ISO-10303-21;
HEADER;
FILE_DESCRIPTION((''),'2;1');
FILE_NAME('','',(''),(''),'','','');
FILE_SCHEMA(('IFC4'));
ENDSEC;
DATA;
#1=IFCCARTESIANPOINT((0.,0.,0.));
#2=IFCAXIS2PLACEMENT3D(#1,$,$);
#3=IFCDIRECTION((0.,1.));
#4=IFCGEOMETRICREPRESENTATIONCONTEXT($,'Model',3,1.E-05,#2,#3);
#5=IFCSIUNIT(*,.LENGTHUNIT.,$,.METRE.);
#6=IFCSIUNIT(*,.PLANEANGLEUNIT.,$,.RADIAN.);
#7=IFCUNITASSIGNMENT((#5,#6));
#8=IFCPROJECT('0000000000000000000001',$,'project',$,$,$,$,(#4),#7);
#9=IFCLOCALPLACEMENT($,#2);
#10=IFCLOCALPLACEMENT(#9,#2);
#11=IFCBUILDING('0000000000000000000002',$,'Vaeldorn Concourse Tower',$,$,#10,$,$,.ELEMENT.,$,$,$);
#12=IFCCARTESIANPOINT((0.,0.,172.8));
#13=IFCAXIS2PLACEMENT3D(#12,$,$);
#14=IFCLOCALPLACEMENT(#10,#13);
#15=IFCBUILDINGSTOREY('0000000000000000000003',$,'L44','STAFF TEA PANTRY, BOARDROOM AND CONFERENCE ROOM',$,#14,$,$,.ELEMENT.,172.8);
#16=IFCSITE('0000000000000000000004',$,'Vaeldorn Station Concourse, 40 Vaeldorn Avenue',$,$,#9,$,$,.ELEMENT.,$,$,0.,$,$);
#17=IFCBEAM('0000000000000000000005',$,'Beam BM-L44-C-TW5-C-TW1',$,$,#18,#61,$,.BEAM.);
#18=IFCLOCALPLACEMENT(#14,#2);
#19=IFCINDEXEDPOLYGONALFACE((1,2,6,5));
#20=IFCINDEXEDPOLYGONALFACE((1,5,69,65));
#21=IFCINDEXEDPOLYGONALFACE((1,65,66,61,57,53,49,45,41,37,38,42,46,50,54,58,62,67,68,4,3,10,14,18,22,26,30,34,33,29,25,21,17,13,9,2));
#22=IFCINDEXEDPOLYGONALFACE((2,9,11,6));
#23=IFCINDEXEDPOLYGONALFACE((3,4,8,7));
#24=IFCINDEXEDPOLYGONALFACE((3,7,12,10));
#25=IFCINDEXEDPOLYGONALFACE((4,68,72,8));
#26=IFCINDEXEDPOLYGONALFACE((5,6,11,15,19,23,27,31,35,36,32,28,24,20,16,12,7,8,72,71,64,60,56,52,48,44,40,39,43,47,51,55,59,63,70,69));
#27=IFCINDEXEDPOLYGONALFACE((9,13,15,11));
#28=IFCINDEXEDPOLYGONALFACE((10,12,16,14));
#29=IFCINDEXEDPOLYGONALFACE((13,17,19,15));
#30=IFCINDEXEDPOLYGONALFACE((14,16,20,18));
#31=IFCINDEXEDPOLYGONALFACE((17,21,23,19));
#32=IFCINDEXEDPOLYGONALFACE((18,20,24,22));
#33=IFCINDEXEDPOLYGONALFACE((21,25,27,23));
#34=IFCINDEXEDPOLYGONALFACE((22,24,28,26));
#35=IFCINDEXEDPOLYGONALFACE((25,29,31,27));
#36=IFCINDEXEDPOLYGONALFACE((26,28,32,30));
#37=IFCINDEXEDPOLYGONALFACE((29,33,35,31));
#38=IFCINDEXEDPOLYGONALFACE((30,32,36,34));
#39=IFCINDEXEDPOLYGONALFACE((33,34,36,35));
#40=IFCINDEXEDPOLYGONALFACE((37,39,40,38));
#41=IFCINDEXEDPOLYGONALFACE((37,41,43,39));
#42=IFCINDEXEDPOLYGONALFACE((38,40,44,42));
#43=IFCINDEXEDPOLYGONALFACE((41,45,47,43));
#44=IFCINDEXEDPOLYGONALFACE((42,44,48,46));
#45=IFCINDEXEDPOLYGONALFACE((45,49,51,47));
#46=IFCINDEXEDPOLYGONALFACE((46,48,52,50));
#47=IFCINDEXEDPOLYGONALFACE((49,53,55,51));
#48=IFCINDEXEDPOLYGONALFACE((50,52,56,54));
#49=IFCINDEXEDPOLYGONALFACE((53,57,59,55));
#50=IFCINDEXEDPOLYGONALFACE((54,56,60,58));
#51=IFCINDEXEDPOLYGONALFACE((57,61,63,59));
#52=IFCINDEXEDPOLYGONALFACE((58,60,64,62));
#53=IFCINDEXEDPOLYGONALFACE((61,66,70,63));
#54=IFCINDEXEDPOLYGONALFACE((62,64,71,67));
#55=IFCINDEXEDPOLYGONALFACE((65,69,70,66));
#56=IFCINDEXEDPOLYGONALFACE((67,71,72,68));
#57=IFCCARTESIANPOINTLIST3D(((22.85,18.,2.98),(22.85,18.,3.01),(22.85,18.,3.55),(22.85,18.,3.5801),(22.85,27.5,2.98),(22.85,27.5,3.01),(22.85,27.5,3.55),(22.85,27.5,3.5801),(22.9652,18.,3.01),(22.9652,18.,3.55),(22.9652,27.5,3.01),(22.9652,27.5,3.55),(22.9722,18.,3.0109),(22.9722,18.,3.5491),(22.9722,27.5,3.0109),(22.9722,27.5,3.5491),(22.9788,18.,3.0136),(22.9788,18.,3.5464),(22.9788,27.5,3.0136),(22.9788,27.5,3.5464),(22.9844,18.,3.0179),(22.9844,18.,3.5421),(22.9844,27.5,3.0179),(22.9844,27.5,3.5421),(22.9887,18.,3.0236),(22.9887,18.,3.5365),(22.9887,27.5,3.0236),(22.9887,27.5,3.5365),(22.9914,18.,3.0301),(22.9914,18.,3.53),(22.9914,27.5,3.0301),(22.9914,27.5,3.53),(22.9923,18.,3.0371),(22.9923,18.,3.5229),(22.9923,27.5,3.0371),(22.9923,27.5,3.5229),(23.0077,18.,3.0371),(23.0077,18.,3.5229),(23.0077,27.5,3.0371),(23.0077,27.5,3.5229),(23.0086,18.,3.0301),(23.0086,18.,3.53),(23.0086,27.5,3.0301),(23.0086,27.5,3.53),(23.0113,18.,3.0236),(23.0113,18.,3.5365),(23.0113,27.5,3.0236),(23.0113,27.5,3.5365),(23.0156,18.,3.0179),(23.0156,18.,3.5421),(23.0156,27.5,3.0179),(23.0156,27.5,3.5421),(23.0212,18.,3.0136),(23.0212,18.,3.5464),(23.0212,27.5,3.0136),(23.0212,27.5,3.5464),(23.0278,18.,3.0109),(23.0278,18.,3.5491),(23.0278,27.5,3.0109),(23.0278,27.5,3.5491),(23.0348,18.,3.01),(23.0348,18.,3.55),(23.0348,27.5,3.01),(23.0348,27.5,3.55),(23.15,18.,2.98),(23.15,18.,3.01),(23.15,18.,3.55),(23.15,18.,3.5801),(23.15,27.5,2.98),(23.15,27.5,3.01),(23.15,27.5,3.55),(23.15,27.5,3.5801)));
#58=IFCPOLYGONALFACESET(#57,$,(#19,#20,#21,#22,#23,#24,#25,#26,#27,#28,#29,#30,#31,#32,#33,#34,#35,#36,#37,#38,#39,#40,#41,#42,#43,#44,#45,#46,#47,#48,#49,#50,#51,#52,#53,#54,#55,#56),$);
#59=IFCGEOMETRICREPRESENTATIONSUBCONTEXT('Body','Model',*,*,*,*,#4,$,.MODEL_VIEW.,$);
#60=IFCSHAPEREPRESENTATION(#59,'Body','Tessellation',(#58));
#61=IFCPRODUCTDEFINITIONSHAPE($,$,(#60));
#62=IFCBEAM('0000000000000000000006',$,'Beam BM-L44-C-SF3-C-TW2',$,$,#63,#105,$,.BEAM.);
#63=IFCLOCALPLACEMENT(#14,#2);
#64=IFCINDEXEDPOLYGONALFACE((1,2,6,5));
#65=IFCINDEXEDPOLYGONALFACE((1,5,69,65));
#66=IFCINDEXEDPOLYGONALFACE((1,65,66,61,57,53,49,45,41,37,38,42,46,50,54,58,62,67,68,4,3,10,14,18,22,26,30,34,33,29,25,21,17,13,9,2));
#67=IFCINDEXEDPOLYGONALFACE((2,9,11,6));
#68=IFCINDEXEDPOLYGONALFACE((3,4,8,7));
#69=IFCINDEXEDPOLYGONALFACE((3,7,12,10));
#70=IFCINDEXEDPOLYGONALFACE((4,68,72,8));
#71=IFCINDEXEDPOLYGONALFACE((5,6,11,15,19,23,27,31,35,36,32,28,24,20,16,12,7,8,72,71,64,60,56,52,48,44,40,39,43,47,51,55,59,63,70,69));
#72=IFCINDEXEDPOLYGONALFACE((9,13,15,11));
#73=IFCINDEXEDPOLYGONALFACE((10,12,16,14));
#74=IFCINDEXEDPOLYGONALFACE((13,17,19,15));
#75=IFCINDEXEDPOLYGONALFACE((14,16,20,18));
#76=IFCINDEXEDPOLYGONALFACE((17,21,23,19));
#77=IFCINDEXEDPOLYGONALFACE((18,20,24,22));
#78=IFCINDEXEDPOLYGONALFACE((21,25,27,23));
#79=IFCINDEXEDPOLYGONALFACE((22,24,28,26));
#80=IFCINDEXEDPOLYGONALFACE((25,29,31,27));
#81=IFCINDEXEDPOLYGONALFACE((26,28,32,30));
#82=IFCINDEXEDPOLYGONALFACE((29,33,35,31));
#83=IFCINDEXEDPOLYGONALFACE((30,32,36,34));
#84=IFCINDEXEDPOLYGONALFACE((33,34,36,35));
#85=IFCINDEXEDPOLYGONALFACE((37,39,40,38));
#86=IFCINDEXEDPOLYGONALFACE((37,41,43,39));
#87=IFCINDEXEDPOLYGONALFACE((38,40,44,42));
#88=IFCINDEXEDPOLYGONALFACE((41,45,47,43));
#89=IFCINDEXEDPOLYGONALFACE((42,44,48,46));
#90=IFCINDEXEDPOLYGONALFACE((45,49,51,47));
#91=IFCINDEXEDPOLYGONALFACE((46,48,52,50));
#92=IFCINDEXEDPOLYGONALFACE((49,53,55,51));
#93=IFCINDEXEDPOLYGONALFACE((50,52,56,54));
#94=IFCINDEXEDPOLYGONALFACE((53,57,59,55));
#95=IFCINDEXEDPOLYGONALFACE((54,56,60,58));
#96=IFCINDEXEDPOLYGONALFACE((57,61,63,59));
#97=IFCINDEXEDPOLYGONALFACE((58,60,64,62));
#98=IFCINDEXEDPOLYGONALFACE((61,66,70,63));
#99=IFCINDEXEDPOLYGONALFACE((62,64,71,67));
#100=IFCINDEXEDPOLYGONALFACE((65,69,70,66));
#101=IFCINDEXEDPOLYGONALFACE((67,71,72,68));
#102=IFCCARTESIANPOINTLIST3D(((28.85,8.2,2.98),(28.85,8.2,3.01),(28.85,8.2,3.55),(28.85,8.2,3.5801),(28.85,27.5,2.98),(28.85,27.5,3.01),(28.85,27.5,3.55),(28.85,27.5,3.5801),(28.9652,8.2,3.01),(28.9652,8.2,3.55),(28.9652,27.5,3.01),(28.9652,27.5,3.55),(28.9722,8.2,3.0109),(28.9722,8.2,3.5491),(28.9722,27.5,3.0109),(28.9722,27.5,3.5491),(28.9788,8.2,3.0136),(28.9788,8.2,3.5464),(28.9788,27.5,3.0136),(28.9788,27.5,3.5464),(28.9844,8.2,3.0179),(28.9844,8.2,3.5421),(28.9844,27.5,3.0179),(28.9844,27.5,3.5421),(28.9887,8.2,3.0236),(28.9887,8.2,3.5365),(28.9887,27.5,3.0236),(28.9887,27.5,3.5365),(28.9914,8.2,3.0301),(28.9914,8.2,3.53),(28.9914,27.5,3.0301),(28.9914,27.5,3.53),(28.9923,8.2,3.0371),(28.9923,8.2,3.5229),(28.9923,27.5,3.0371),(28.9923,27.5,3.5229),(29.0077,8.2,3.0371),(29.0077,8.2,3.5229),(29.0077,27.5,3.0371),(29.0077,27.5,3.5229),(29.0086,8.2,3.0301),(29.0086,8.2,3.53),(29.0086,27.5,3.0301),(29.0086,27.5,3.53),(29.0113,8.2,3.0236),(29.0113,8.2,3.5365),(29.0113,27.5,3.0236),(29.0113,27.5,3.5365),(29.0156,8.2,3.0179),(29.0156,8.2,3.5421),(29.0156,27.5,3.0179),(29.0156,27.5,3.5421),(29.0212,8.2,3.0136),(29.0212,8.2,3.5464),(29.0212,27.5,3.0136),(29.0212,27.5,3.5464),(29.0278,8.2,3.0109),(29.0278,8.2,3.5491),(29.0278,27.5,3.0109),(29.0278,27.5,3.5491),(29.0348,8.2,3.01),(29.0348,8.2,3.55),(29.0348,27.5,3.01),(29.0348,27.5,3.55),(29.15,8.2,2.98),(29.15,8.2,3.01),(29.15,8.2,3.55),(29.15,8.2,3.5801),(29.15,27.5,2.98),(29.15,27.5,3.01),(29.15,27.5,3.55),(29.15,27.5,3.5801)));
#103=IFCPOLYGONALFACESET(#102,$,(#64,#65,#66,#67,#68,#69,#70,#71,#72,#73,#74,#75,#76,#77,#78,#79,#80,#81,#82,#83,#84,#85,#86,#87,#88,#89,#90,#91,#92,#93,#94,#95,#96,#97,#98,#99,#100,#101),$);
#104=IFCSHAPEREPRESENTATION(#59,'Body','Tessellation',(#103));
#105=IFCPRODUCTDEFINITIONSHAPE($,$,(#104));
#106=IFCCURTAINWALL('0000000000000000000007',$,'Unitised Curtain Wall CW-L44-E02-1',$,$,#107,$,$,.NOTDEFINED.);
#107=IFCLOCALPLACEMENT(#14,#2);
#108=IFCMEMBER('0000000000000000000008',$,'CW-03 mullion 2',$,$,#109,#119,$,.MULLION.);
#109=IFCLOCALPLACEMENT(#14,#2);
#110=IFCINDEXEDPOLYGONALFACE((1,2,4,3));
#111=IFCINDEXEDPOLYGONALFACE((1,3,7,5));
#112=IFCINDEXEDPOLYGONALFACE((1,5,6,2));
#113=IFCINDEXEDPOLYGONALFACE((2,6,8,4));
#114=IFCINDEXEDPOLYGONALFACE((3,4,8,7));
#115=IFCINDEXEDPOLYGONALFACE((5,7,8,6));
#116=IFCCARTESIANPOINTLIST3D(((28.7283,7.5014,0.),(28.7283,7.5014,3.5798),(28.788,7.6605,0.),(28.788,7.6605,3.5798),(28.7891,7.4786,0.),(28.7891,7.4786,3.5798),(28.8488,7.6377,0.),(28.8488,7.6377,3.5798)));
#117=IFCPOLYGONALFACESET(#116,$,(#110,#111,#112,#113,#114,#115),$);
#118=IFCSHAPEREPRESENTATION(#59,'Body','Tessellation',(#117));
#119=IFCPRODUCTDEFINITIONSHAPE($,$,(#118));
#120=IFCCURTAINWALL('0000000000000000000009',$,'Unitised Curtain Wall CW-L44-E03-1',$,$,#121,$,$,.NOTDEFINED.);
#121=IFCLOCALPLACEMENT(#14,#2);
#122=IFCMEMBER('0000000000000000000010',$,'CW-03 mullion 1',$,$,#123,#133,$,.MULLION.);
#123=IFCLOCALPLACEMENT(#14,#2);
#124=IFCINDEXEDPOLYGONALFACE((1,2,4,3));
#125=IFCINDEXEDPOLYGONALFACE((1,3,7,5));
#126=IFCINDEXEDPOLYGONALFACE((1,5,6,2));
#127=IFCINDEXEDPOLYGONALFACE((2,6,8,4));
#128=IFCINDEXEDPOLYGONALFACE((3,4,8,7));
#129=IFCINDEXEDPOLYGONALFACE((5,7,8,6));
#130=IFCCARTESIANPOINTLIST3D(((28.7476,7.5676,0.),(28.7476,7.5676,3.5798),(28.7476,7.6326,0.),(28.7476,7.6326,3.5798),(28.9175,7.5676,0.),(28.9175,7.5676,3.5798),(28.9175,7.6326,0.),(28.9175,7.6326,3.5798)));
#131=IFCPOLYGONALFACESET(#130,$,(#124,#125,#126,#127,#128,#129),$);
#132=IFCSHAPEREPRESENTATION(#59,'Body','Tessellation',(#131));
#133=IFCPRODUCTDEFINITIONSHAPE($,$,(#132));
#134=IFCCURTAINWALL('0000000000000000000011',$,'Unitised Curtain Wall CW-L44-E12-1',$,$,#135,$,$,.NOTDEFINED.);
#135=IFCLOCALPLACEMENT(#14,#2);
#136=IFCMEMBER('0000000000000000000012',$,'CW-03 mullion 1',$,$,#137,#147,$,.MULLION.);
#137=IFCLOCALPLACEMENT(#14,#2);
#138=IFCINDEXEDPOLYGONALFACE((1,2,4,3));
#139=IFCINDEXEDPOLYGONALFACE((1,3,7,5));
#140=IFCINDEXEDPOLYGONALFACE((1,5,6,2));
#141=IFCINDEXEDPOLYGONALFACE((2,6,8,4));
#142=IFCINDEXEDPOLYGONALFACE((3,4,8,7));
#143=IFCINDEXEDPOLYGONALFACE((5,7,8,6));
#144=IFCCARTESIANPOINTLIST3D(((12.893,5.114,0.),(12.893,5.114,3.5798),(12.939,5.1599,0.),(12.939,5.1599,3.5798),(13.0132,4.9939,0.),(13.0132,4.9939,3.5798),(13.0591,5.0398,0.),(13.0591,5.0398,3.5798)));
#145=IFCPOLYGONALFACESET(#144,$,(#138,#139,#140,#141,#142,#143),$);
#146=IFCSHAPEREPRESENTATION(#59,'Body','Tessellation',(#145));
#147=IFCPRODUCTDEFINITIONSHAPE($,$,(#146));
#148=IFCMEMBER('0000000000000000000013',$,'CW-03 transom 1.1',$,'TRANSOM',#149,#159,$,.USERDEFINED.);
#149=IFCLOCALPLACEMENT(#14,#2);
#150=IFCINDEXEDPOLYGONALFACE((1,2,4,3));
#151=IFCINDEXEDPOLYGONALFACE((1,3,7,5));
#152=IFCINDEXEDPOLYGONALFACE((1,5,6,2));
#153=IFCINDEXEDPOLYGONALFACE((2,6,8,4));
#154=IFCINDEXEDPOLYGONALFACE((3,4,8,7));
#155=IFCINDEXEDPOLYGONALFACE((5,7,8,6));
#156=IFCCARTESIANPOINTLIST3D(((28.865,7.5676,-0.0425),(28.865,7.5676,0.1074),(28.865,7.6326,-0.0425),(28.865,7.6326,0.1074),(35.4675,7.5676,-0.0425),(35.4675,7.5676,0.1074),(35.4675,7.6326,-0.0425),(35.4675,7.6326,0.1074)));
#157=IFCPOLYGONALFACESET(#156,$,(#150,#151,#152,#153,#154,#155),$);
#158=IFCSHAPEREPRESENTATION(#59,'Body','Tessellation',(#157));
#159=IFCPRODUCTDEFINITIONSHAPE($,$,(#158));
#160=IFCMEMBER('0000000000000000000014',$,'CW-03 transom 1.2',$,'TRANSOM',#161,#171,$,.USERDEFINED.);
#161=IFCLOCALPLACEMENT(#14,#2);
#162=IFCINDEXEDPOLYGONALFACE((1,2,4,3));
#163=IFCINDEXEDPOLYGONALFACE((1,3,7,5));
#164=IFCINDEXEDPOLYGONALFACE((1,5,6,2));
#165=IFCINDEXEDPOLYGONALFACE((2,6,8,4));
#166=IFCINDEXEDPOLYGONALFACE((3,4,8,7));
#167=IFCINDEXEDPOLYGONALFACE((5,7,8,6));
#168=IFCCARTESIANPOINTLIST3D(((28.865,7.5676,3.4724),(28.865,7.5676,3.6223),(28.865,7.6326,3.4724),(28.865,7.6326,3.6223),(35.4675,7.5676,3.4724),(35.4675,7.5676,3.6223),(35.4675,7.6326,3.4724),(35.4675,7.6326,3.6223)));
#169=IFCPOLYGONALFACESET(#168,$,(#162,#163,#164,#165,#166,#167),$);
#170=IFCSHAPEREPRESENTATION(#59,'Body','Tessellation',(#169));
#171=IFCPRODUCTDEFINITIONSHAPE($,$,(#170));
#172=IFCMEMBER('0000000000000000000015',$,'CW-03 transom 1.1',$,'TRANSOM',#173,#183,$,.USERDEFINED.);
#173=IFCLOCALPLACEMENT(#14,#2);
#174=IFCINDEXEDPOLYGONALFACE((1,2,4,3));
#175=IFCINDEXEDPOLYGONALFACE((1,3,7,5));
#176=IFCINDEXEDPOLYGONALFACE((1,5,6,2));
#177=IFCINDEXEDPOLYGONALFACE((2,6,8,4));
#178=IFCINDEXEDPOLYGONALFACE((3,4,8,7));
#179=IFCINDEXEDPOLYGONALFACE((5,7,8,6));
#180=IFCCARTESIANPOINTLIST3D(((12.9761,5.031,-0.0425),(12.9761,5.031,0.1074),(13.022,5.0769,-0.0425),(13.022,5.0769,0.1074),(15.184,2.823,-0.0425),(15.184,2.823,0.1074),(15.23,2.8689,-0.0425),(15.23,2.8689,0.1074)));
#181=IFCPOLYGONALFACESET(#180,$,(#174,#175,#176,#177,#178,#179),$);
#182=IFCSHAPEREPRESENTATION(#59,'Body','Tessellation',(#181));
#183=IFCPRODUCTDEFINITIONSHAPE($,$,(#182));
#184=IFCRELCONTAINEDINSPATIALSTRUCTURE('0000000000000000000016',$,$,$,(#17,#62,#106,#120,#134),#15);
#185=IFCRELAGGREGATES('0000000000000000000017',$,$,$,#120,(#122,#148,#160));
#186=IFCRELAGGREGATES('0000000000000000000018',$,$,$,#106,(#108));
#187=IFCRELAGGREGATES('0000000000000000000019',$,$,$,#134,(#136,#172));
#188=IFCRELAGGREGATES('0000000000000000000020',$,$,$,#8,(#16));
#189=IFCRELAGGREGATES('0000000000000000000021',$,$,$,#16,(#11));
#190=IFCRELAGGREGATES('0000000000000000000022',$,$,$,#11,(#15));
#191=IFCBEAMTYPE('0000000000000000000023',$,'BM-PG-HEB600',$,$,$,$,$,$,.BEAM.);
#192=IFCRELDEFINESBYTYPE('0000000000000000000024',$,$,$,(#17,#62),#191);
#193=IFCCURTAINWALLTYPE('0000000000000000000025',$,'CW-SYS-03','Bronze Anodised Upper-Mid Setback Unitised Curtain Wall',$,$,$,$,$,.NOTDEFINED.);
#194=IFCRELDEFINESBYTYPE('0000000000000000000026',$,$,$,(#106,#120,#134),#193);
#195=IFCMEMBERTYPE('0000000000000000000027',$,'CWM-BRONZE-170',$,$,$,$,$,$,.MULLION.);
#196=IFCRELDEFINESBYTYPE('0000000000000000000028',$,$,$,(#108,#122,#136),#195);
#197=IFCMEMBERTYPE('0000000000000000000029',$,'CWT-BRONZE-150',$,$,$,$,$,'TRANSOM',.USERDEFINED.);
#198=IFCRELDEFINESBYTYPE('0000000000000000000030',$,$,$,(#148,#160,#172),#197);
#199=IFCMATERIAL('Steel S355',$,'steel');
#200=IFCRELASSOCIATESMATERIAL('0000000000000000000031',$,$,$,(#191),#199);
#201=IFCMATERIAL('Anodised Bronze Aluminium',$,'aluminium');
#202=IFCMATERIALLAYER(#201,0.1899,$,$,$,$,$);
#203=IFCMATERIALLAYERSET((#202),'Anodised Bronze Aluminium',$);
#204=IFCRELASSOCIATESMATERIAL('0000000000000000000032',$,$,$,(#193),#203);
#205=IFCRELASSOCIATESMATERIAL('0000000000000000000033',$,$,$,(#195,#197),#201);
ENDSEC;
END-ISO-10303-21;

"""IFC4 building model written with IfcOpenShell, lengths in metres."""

from ifc_helpers import new_model, si_unit, direction, frame, origin, origin_2d, place, context, subcontext, project, spatial, rectangle, i_section, extrude, source, transform, mapped, material, layer, layer_set, material_profile, profile_set, type_object, element, aggregate, save


model = new_model("IFC4")

# Units and contexts
model_context = context("Model", 3, precision=1e-05, world=origin(), true_north=direction((0.0, 1.0)))
body_context = subcontext(model_context, "Body", "Model", "MODEL_VIEW")
ifc_project = project(units=[si_unit("LENGTHUNIT", "METRE"), si_unit("PLANEANGLEUNIT", "RADIAN")], contexts=[model_context])

# Site, building, storey
site_placement = place(None, origin())
site = spatial("IfcSite", under=ifc_project, at=site_placement, Name="Vaeldorn Station Concourse, 40 Vaeldorn Avenue", CompositionType="ELEMENT", RefElevation=0.0)
building_placement = place(site_placement, origin())
building = spatial("IfcBuilding", under=site, at=building_placement, Name="Vaeldorn Concourse Tower", CompositionType="ELEMENT")
storey_placement = place(building_placement, frame((0.0, 0.0, 172.8)))
storey = spatial("IfcBuildingStorey", under=building, at=storey_placement, Name="L44", Description="STAFF TEA PANTRY, BOARDROOM AND CONFERENCE ROOM", CompositionType="ELEMENT", Elevation=172.8)

# Shared definitions
ifc_material_1 = material(Name="Steel S355", Category="steel")

# Beams
ifc_material_profile_1 = material_profile(ifc_material_1, i_section(OverallWidth=0.3, OverallDepth=0.6001, WebThickness=0.0154, FlangeThickness=0.03, FilletRadius=0.0271, at=origin_2d()), Name="HEB 600")
ifc_profile_set_1 = profile_set([ifc_material_profile_1], Name="Steel S355")
beam_type_1 = type_object("IfcBeamType", Name="BM-PG-HEB600", PredefinedType="BEAM", material=ifc_profile_set_1)
shared_shape_1 = source(origin(), body_context, "Body", "SweptSolid", [
    extrude(i_section(OverallWidth=0.3, OverallDepth=0.6001, WebThickness=0.0154, FlangeThickness=0.03, FilletRadius=0.0271, at=origin_2d()), origin(), (0.0, 0.0, 1.0), 9.5),
])
beam_1_placement = place(storey_placement, frame((23.0, 18.0, 3.28), z_axis=(0.0, 1.0, 0.0), x_axis=(-1.0, 0.0, 0.0)))
element("IfcBeam", 1, at=beam_1_placement, inside=storey, type_object=beam_type_1, Name="Beam BM-L44-C-TW5-C-TW1", PredefinedType="BEAM", context=body_context, shape_type="MappedRepresentation", body=[
    mapped(shared_shape_1, transform((0.0, 0.0, 0.0), scale=1.0)),
])
shared_shape_2 = source(origin(), body_context, "Body", "SweptSolid", [
    extrude(i_section(OverallWidth=0.3, OverallDepth=0.6001, WebThickness=0.0154, FlangeThickness=0.03, FilletRadius=0.0271, at=origin_2d()), origin(), (0.0, 0.0, 1.0), 19.3),
])
beam_2_placement = place(storey_placement, frame((29.0, 8.2, 3.28), z_axis=(0.0, 1.0, 0.0), x_axis=(-1.0, 0.0, 0.0)))
element("IfcBeam", 2, at=beam_2_placement, inside=storey, type_object=beam_type_1, Name="Beam BM-L44-C-SF3-C-TW2", PredefinedType="BEAM", context=body_context, shape_type="MappedRepresentation", body=[
    mapped(shared_shape_2, transform((0.0, 0.0, 0.0), scale=1.0)),
])

# Curtain walls, members
ifc_material_2 = material(Name="Anodised Bronze Aluminium", Category="aluminium")
ifc_layer_1 = layer(ifc_material_2, 0.1899)
ifc_layer_set_1 = layer_set([ifc_layer_1], Name="Anodised Bronze Aluminium")
curtain_wall_type = type_object("IfcCurtainWallType", Name="CW-SYS-03", Description="Bronze Anodised Upper-Mid Setback Unitised Curtain Wall", PredefinedType="NOTDEFINED", material=ifc_layer_set_1)
curtain_wall_1_placement = place(storey_placement, origin())
curtain_wall_1 = element("IfcCurtainWall", 3, at=curtain_wall_1_placement, inside=storey, type_object=curtain_wall_type, Name="Unitised Curtain Wall CW-L44-E02-1", PredefinedType="NOTDEFINED")
ifc_material_profile_2 = material_profile(ifc_material_2, rectangle(XDim=0.0649, YDim=0.1699, at=origin_2d()), Name="CWM 65x170")
ifc_profile_set_2 = profile_set([ifc_material_profile_2], Name="Anodised Bronze Aluminium")
member_type_1 = type_object("IfcMemberType", Name="CWM-BRONZE-170", PredefinedType="MULLION", material=ifc_profile_set_2)
shared_shape_3 = source(origin(), body_context, "Body", "SweptSolid", [
    extrude(rectangle(XDim=0.0649, YDim=0.1699, at=origin_2d()), origin(), (0.0, 0.0, 1.0), 3.5798),
])
member_1_placement = place(storey_placement, frame((28.7886, 7.5696, 0.0), z_axis=(0.0, 0.0, 1.0), x_axis=(-0.936329, 0.351123, 0.0)))
member_1 = element("IfcMember", 4, at=member_1_placement, type_object=member_type_1, Name="CW-03 mullion 2", PredefinedType="MULLION", context=body_context, shape_type="MappedRepresentation", body=[
    mapped(shared_shape_3, transform((0.0, 0.0, 0.0), scale=1.0)),
])
curtain_wall_2_placement = place(storey_placement, origin())
curtain_wall_2 = element("IfcCurtainWall", 5, at=curtain_wall_2_placement, inside=storey, type_object=curtain_wall_type, Name="Unitised Curtain Wall CW-L44-E03-1", PredefinedType="NOTDEFINED")
member_2_placement = place(storey_placement, frame((28.8325, 7.6001, 0.0), z_axis=(0.0, 0.0, 1.0), x_axis=(0.0, 1.0, 0.0)))
member_2 = element("IfcMember", 6, at=member_2_placement, type_object=member_type_1, Name="CW-03 mullion 1", PredefinedType="MULLION", context=body_context, shape_type="MappedRepresentation", body=[
    mapped(shared_shape_3, transform((0.0, 0.0, 0.0), scale=1.0)),
])
curtain_wall_3_placement = place(storey_placement, origin())
curtain_wall_3 = element("IfcCurtainWall", 7, at=curtain_wall_3_placement, inside=storey, type_object=curtain_wall_type, Name="Unitised Curtain Wall CW-L44-E12-1", PredefinedType="NOTDEFINED")
member_3_placement = place(storey_placement, frame((12.9761, 5.0769, 0.0), z_axis=(0.0, 0.0, 1.0), x_axis=(0.707107, 0.707107, 0.0)))
member_3 = element("IfcMember", 8, at=member_3_placement, type_object=member_type_1, Name="CW-03 mullion 1", PredefinedType="MULLION", context=body_context, shape_type="MappedRepresentation", body=[
    mapped(shared_shape_3, transform((0.0, 0.0, 0.0), scale=1.0)),
])

# Members
ifc_material_profile_3 = material_profile(ifc_material_2, rectangle(XDim=0.0649, YDim=0.1499, at=origin_2d()), Name="CWT 65x150")
ifc_profile_set_3 = profile_set([ifc_material_profile_3], Name="Anodised Bronze Aluminium")
member_type_2 = type_object("IfcMemberType", Name="CWT-BRONZE-150", ElementType="TRANSOM", PredefinedType="USERDEFINED", material=ifc_profile_set_3)
shared_shape_4 = source(origin(), body_context, "Body", "SweptSolid", [
    extrude(rectangle(XDim=0.0649, YDim=0.1499, at=origin_2d()), origin(), (0.0, 0.0, 1.0), 6.6025),
])
member_4_placement = place(storey_placement, frame((28.865, 7.6001, 0.0325), z_axis=(1.0, 0.0, 0.0), x_axis=(0.0, 1.0, 0.0)))
member_4 = element("IfcMember", 9, at=member_4_placement, type_object=member_type_2, Name="CW-03 transom 1.1", ObjectType="TRANSOM", PredefinedType="USERDEFINED", context=body_context, shape_type="MappedRepresentation", body=[
    mapped(shared_shape_4, transform((0.0, 0.0, 0.0), scale=1.0)),
])
member_5_placement = place(storey_placement, frame((28.865, 7.6001, 3.5474), z_axis=(1.0, 0.0, 0.0), x_axis=(0.0, 1.0, 0.0)))
member_5 = element("IfcMember", 10, at=member_5_placement, type_object=member_type_2, Name="CW-03 transom 1.2", ObjectType="TRANSOM", PredefinedType="USERDEFINED", context=body_context, shape_type="MappedRepresentation", body=[
    mapped(shared_shape_4, transform((0.0, 0.0, 0.0), scale=1.0)),
])
aggregate(curtain_wall_2, [member_2, member_4, member_5])
shared_shape_5 = source(origin(), body_context, "Body", "SweptSolid", [
    extrude(rectangle(XDim=0.0649, YDim=0.1499, at=origin_2d()), origin(), (0.0, 0.0, 1.0), 3.1226),
])
member_6_placement = place(storey_placement, frame((12.999, 5.054, 0.0325), z_axis=(0.707107, -0.707107, 0.0), x_axis=(0.707107, 0.707107, 0.0)))
member_6 = element("IfcMember", 11, at=member_6_placement, type_object=member_type_2, Name="CW-03 transom 1.1", ObjectType="TRANSOM", PredefinedType="USERDEFINED", context=body_context, shape_type="MappedRepresentation", body=[
    mapped(shared_shape_5, transform((0.0, 0.0, 0.0), scale=1.0)),
])

aggregate(curtain_wall_1, [member_1])
aggregate(curtain_wall_3, [member_3, member_6])

save(model, "model.ifc")
